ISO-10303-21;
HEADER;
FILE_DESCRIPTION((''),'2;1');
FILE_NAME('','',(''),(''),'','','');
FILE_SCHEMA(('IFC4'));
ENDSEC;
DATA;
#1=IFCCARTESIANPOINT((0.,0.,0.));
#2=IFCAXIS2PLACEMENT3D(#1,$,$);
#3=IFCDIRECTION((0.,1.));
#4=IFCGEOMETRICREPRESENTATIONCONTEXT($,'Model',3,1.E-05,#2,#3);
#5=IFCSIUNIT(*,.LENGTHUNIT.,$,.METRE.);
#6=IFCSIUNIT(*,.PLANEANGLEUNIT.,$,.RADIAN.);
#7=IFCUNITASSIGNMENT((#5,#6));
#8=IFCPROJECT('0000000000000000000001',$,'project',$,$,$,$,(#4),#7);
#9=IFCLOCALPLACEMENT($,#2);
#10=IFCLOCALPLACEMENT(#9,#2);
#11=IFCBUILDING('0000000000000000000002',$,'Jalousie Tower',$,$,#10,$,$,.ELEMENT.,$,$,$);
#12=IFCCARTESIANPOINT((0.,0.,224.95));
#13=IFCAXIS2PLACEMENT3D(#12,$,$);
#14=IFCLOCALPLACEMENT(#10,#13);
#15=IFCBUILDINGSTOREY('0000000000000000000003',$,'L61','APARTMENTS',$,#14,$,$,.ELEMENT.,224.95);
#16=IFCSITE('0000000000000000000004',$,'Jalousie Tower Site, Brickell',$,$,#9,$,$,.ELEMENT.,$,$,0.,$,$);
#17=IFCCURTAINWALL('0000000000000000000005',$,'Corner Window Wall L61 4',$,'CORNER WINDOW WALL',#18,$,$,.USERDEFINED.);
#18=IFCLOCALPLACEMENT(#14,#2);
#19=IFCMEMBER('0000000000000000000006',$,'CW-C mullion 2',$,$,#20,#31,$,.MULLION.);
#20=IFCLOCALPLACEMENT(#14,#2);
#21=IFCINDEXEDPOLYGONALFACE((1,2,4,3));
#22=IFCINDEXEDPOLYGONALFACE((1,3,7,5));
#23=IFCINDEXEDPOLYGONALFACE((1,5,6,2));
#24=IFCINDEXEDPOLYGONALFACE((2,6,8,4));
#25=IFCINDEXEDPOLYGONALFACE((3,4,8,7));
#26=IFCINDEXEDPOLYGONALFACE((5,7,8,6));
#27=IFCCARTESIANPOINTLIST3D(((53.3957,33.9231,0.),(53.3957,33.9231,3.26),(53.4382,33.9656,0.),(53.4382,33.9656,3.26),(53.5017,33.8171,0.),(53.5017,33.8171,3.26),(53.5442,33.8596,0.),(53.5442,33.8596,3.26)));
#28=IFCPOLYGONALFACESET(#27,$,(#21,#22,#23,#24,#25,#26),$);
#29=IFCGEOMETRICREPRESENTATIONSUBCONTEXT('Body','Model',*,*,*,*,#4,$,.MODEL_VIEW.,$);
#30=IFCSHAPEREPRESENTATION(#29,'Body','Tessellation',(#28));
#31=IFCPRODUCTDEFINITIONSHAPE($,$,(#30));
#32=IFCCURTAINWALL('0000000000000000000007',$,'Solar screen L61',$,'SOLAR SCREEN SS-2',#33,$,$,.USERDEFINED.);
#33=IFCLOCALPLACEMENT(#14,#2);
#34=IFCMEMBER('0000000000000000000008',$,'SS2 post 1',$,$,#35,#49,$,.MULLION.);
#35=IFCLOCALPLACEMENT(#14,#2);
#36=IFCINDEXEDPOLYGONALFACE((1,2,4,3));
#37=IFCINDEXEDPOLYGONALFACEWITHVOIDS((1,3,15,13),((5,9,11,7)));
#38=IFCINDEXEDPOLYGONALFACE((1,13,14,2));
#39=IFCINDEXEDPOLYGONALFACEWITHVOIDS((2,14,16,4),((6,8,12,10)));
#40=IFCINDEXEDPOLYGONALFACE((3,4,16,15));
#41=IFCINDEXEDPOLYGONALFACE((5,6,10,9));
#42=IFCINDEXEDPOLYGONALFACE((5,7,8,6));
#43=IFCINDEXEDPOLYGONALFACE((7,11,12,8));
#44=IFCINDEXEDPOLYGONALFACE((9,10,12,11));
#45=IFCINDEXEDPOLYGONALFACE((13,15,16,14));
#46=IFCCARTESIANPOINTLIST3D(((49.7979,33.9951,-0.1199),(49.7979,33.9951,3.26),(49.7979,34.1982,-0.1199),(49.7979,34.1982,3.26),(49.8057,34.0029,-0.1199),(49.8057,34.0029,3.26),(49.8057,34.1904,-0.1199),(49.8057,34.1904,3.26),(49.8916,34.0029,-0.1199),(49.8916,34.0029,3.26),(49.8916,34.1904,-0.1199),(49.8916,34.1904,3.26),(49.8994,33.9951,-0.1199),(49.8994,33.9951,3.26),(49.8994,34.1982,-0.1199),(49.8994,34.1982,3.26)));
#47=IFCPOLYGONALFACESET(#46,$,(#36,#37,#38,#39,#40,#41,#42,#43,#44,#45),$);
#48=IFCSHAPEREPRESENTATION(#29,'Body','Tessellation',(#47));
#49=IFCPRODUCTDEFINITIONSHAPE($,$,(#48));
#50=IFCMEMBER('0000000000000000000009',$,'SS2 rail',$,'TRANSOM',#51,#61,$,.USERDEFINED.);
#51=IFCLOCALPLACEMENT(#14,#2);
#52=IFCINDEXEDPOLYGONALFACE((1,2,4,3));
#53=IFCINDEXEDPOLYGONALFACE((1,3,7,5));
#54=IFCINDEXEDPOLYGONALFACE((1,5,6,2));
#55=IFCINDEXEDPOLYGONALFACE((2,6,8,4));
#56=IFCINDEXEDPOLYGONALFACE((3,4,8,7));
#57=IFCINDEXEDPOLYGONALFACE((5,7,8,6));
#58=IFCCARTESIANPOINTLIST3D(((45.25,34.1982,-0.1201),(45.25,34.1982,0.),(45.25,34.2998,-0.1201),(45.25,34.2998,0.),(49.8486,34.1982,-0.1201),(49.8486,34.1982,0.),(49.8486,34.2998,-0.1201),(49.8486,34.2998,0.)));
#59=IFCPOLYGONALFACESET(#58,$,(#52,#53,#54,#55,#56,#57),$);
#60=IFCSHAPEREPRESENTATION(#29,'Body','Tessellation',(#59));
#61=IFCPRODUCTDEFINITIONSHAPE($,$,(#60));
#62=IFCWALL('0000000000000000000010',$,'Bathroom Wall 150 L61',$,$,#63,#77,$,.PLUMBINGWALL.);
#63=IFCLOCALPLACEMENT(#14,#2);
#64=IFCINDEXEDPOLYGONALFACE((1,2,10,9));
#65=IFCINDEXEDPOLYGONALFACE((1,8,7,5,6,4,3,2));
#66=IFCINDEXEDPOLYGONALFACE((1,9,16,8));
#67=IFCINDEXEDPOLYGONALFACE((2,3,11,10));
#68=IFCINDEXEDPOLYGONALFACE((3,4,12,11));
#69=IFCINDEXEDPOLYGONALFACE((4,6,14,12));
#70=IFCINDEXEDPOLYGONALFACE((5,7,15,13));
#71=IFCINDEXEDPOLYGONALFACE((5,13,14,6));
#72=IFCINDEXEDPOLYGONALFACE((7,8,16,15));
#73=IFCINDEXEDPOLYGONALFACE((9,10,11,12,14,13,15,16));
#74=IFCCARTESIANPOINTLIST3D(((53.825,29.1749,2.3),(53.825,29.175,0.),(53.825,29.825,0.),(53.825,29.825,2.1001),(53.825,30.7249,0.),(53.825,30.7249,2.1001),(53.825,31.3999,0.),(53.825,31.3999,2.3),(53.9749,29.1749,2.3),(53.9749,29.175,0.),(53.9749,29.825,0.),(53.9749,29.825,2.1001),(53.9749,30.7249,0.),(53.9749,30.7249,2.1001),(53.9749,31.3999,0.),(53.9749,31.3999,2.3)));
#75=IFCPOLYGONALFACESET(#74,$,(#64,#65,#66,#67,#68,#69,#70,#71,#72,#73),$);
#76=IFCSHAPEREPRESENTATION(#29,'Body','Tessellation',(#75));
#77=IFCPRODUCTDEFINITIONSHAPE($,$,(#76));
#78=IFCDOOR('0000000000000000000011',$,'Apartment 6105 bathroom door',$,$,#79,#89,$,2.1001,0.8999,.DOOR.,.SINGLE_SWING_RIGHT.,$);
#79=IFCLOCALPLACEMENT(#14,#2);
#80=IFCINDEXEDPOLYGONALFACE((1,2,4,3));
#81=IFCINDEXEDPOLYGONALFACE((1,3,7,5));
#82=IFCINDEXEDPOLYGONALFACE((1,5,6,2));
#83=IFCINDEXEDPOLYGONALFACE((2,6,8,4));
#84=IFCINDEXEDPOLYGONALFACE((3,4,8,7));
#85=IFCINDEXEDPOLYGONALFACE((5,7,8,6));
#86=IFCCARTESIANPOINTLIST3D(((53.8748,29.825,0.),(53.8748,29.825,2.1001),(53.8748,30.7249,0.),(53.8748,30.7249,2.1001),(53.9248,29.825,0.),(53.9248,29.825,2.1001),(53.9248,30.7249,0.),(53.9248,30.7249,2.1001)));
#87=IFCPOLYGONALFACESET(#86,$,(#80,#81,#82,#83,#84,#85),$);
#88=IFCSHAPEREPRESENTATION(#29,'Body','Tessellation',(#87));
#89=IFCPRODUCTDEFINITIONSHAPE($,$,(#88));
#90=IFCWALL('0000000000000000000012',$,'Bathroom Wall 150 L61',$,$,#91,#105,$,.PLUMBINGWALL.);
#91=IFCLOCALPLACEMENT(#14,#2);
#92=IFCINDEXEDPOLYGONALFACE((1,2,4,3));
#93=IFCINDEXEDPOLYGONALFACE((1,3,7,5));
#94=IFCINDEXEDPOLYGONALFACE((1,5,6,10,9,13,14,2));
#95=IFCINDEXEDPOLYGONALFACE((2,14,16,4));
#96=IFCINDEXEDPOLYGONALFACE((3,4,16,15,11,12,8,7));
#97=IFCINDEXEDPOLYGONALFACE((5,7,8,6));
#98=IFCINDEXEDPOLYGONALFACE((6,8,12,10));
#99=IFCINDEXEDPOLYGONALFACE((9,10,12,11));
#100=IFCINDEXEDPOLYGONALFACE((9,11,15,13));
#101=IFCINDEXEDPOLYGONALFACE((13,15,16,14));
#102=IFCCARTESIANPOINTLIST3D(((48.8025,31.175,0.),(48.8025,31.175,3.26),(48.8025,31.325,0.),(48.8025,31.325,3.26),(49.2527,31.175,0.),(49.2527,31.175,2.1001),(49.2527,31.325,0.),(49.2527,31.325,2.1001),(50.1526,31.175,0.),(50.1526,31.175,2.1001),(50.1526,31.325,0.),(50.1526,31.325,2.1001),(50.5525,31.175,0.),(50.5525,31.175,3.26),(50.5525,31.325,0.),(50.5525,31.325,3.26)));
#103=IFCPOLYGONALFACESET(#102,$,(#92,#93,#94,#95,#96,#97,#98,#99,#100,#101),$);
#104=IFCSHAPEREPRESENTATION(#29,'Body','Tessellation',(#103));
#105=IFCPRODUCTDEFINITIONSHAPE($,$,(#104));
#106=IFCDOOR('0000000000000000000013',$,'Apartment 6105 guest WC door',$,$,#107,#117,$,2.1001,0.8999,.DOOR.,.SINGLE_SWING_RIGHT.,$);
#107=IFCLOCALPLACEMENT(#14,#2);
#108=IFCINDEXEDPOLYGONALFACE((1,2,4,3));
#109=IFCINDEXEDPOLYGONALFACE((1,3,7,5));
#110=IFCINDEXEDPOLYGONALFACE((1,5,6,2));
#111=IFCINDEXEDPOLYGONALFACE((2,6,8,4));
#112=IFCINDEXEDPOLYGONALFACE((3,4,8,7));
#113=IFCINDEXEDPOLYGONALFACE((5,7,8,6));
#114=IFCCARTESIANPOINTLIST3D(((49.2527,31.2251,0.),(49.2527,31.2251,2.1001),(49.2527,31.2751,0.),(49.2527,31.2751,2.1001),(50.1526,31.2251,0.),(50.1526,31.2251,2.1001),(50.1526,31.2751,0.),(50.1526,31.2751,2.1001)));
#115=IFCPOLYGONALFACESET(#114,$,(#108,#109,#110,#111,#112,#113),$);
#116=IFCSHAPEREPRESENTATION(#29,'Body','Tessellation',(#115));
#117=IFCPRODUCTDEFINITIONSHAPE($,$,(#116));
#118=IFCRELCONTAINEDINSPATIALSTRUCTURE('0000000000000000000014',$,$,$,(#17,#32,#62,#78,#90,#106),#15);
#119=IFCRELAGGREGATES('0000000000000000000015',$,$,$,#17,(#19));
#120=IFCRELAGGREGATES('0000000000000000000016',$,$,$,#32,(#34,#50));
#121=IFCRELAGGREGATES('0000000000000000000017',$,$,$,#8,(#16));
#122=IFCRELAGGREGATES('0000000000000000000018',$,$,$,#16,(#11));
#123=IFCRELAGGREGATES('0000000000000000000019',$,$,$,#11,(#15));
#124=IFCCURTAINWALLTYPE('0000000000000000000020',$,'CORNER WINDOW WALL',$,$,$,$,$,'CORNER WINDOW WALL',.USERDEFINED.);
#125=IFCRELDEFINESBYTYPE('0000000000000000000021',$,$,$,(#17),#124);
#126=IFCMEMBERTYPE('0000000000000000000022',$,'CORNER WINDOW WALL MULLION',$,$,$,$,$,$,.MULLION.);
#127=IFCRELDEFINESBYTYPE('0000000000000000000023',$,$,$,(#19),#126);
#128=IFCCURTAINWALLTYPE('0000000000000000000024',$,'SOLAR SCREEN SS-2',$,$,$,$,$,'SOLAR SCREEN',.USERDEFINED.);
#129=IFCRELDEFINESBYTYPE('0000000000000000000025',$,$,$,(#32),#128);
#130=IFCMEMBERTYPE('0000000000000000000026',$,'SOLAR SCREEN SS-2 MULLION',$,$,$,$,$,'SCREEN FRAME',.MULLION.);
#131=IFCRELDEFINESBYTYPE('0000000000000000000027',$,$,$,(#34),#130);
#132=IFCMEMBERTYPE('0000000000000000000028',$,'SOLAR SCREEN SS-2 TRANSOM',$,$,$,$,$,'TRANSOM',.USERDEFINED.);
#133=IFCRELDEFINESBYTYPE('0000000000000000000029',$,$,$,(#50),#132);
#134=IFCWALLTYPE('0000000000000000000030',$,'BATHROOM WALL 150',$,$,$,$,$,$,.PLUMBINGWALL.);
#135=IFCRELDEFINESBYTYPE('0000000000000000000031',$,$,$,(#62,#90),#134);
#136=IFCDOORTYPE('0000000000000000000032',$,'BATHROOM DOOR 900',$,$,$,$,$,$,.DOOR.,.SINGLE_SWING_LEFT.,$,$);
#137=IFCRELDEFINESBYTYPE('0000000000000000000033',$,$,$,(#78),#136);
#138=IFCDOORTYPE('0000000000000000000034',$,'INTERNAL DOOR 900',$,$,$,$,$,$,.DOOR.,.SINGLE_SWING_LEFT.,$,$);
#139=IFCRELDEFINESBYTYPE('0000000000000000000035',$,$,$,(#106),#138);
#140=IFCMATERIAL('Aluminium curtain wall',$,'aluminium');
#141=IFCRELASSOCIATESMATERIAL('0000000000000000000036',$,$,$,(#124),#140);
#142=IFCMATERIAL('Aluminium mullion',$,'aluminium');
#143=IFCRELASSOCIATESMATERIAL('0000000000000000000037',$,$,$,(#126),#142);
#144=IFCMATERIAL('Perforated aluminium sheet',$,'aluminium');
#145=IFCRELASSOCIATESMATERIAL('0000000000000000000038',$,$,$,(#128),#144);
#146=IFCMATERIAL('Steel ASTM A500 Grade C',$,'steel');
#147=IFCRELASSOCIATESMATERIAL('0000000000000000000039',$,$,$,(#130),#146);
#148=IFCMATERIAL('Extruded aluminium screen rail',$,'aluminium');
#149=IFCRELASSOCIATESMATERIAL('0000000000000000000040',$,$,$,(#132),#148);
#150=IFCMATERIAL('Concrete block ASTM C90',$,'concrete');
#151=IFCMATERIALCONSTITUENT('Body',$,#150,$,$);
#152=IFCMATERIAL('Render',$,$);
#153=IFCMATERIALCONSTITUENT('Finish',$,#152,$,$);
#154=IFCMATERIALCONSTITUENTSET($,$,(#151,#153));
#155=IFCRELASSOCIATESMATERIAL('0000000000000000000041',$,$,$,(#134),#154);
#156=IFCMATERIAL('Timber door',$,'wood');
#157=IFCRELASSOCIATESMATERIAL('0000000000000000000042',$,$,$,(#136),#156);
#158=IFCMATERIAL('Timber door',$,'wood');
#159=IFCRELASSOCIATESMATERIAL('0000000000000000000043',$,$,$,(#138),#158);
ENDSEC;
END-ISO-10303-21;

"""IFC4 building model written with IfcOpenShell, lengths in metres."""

from ifc_helpers import new_model, si_unit, direction, frame, frame_2d, origin, origin_2d, place, context, subcontext, project, spatial, polyline, rectangle, hollow_rectangle, outline, extrude, material, constituent, constituent_set, material_profile, profile_set, type_object, element, fill, aggregate, save


model = new_model("IFC4")

# Units and contexts
model_context = context("Model", 3, precision=1e-05, world=origin(), true_north=direction((0.0, 1.0)))
body_context = subcontext(model_context, "Body", "Model", "MODEL_VIEW")
ifc_project = project(units=[si_unit("LENGTHUNIT", "METRE"), si_unit("PLANEANGLEUNIT", "RADIAN")], contexts=[model_context])

# Site, building, storey
site_placement = place(None, origin())
site = spatial("IfcSite", under=ifc_project, at=site_placement, Name="Jalousie Tower Site, Brickell", CompositionType="ELEMENT", RefElevation=0.0)
building_placement = place(site_placement, origin())
building = spatial("IfcBuilding", under=site, at=building_placement, Name="Jalousie Tower", CompositionType="ELEMENT")
storey_placement = place(building_placement, frame((0.0, 0.0, 224.95)))
storey = spatial("IfcBuildingStorey", under=building, at=storey_placement, Name="L61", Description="APARTMENTS", CompositionType="ELEMENT", Elevation=224.95)

# Curtain wall, member
ifc_material_1 = material(Name="Aluminium curtain wall", Category="aluminium")
curtain_wall_type_1 = type_object("IfcCurtainWallType", Name="CORNER WINDOW WALL", ElementType="CORNER WINDOW WALL", PredefinedType="USERDEFINED", material=ifc_material_1)
curtain_wall_1_placement = place(storey_placement, origin())
curtain_wall_1 = element("IfcCurtainWall", 1, at=curtain_wall_1_placement, inside=storey, type_object=curtain_wall_type_1, Name="Corner Window Wall L61 4", ObjectType="CORNER WINDOW WALL", PredefinedType="USERDEFINED")
ifc_material_2 = material(Name="Aluminium mullion", Category="aluminium")
ifc_material_profile_1 = material_profile(ifc_material_2, rectangle(XDim=0.0601, YDim=0.1499, at=origin_2d()), Name="MULLION 60x150")
ifc_profile_set_1 = profile_set([ifc_material_profile_1], Name="Aluminium mullion")
member_type_1 = type_object("IfcMemberType", Name="CORNER WINDOW WALL MULLION", PredefinedType="MULLION", material=ifc_profile_set_1)
member_1_placement = place(storey_placement, frame((53.47, 33.8914, 0.0), z_axis=(0.0, 0.0, 1.0), x_axis=(-0.707107, -0.707107, 0.0)))
member_1 = element("IfcMember", 2, at=member_1_placement, type_object=member_type_1, Name="CW-C mullion 2", PredefinedType="MULLION", context=body_context, shape_type="SweptSolid", body=[
    extrude(rectangle(XDim=0.0601, YDim=0.1499, at=origin_2d()), origin(), (0.0, 0.0, 1.0), 3.26),
])
aggregate(curtain_wall_1, [member_1])

# Curtain wall, members
ifc_material_3 = material(Name="Perforated aluminium sheet", Category="aluminium")
curtain_wall_type_2 = type_object("IfcCurtainWallType", Name="SOLAR SCREEN SS-2", ElementType="SOLAR SCREEN", PredefinedType="USERDEFINED", material=ifc_material_3)
curtain_wall_2_placement = place(storey_placement, origin())
curtain_wall_2 = element("IfcCurtainWall", 3, at=curtain_wall_2_placement, inside=storey, type_object=curtain_wall_type_2, Name="Solar screen L61", ObjectType="SOLAR SCREEN SS-2", PredefinedType="USERDEFINED")
ifc_material_4 = material(Name="Steel ASTM A500 Grade C", Category="steel")
ifc_material_profile_2 = material_profile(ifc_material_4, hollow_rectangle(XDim=0.1016, YDim=0.2031, WallThickness=0.0078, at=origin_2d()), Name="HSS8X4X5/16")
ifc_profile_set_2 = profile_set([ifc_material_profile_2], Name="Steel ASTM A500 Grade C")
member_type_2 = type_object("IfcMemberType", Name="SOLAR SCREEN SS-2 MULLION", ElementType="SCREEN FRAME", PredefinedType="MULLION", material=ifc_profile_set_2)
member_2_placement = place(storey_placement, frame((49.8486, 34.0967, -0.1199), z_axis=(0.0, 0.0, 1.0), x_axis=(-1.0, 0.0, 0.0)))
member_2 = element("IfcMember", 4, at=member_2_placement, type_object=member_type_2, Name="SS2 post 1", PredefinedType="MULLION", context=body_context, shape_type="SweptSolid", body=[
    extrude(hollow_rectangle(XDim=0.1016, YDim=0.2031, WallThickness=0.0078, at=origin_2d()), origin(), (0.0, 0.0, 1.0), 3.3799),
])
ifc_material_5 = material(Name="Extruded aluminium screen rail", Category="aluminium")
ifc_material_profile_3 = material_profile(ifc_material_5, rectangle(XDim=0.1016, YDim=0.1201, at=origin_2d()), Name="RAIL 102x120")
ifc_profile_set_3 = profile_set([ifc_material_profile_3], Name="Extruded aluminium screen rail")
member_type_3 = type_object("IfcMemberType", Name="SOLAR SCREEN SS-2 TRANSOM", ElementType="TRANSOM", PredefinedType="USERDEFINED", material=ifc_profile_set_3)
member_3_placement = place(storey_placement, frame((49.8486, 34.249, -0.0601), z_axis=(-1.0, 0.0, 0.0), x_axis=(0.0, -1.0, 0.0)))
member_3 = element("IfcMember", 5, at=member_3_placement, type_object=member_type_3, Name="SS2 rail", ObjectType="TRANSOM", PredefinedType="USERDEFINED", context=body_context, shape_type="SweptSolid", body=[
    extrude(rectangle(XDim=0.1016, YDim=0.1201, at=origin_2d()), origin(), (0.0, 0.0, 1.0), 4.5986),
])
aggregate(curtain_wall_2, [member_2, member_3])

# Walls, openings, doors
ifc_material_6 = material(Name="Concrete block ASTM C90", Category="concrete")
ifc_constituent_1 = constituent(ifc_material_6, Name="Body")
ifc_material_7 = material(Name="Render")
ifc_constituent_2 = constituent(ifc_material_7, Name="Finish")
ifc_constituent_set_1 = constituent_set(constituents=[ifc_constituent_1, ifc_constituent_2])
wall_type_1 = type_object("IfcWallType", Name="BATHROOM WALL 150", PredefinedType="PLUMBINGWALL", material=ifc_constituent_set_1)
wall_1_placement = place(storey_placement, frame((53.8999, 31.3999, 0.0), z_axis=(0.0, 0.0, 1.0), x_axis=(0.0, -1.0, 0.0)))
wall_1 = element("IfcWall", 6, at=wall_1_placement, inside=storey, type_object=wall_type_1, Name="Bathroom Wall 150 L61", PredefinedType="PLUMBINGWALL", context=body_context, shape_type="SweptSolid", body=[
    extrude(outline(polyline([(0.0, 0.0), (2.2249, 0.0), (2.2251, 3.26), (2.2251, 2.3), (0.438, 2.3), (0.0, 2.3), (0.0, 3.26), (0.0, 0.0)])), frame((0.0, 0.075, 0.0), z_axis=(0.0, -1.0, 0.0), x_axis=(1.0, 0.0, 0.0)), (0.0, 0.0, 1.0), 0.1499),
])
opening_1_placement = place(wall_1_placement, frame((0.675, 0.0, 0.0)))
opening_1 = element("IfcOpeningElement", 7, at=opening_1_placement, cuts=wall_1, PredefinedType="OPENING", context=body_context, shape_type="SweptSolid", body=[
    extrude(rectangle(XDim=0.8999, YDim=2.1001, at=frame_2d((0.45, 1.05))), frame((0.0, 0.085, 0.0), z_axis=(0.0, -1.0, 0.0), x_axis=(1.0, 0.0, 0.0)), (0.0, 0.0, 1.0), 0.1699),
])
ifc_material_8 = material(Name="Timber door", Category="wood")
door_type_1 = type_object("IfcDoorType", Name="BATHROOM DOOR 900", OperationType="SINGLE_SWING_LEFT", PredefinedType="DOOR", material=ifc_material_8)
door_1_placement = place(opening_1_placement, origin())
door_1 = element("IfcDoor", 8, at=door_1_placement, inside=storey, type_object=door_type_1, Name="Apartment 6105 bathroom door", OperationType="SINGLE_SWING_RIGHT", OverallHeight=2.1001, OverallWidth=0.8999, PredefinedType="DOOR", context=body_context, shape_type="SweptSolid", body=[
    extrude(rectangle(XDim=0.8999, YDim=2.1001, at=frame_2d((0.45, 1.05))), frame((0.0, 0.0249, 0.0), z_axis=(0.0, -1.0, 0.0), x_axis=(1.0, 0.0, 0.0)), (0.0, 0.0, 1.0), 0.05),
])
fill(opening_1, door_1)
wall_2_placement = place(storey_placement, frame((50.5525, 31.25, 0.0), z_axis=(0.0, 0.0, 1.0), x_axis=(-1.0, 0.0, 0.0)))
wall_2 = element("IfcWall", 9, at=wall_2_placement, inside=storey, type_object=wall_type_1, Name="Bathroom Wall 150 L61", PredefinedType="PLUMBINGWALL", context=body_context, shape_type="SweptSolid", body=[
    extrude(rectangle(XDim=1.75, YDim=0.1499, at=frame_2d((0.875, 0.0))), origin(), (0.0, 0.0, 1.0), 3.26),
])
opening_2_placement = place(wall_2_placement, frame((0.3999, 0.0, 0.0)))
opening_2 = element("IfcOpeningElement", 10, at=opening_2_placement, cuts=wall_2, PredefinedType="OPENING", context=body_context, shape_type="SweptSolid", body=[
    extrude(rectangle(XDim=0.8999, YDim=2.1001, at=frame_2d((0.45, 1.05))), frame((0.0, 0.085, 0.0), z_axis=(0.0, -1.0, 0.0), x_axis=(1.0, 0.0, 0.0)), (0.0, 0.0, 1.0), 0.1699),
])
ifc_material_9 = material(Name="Timber door", Category="wood")
door_type_2 = type_object("IfcDoorType", Name="INTERNAL DOOR 900", OperationType="SINGLE_SWING_LEFT", PredefinedType="DOOR", material=ifc_material_9)
door_2_placement = place(opening_2_placement, origin())
door_2 = element("IfcDoor", 11, at=door_2_placement, inside=storey, type_object=door_type_2, Name="Apartment 6105 guest WC door", OperationType="SINGLE_SWING_RIGHT", OverallHeight=2.1001, OverallWidth=0.8999, PredefinedType="DOOR", context=body_context, shape_type="SweptSolid", body=[
    extrude(rectangle(XDim=0.8999, YDim=2.1001, at=frame_2d((0.45, 1.05))), frame((0.0, 0.0249, 0.0), z_axis=(0.0, -1.0, 0.0), x_axis=(1.0, 0.0, 0.0)), (0.0, 0.0, 1.0), 0.05),
])
fill(opening_2, door_2)

save(model, "model.ifc")
